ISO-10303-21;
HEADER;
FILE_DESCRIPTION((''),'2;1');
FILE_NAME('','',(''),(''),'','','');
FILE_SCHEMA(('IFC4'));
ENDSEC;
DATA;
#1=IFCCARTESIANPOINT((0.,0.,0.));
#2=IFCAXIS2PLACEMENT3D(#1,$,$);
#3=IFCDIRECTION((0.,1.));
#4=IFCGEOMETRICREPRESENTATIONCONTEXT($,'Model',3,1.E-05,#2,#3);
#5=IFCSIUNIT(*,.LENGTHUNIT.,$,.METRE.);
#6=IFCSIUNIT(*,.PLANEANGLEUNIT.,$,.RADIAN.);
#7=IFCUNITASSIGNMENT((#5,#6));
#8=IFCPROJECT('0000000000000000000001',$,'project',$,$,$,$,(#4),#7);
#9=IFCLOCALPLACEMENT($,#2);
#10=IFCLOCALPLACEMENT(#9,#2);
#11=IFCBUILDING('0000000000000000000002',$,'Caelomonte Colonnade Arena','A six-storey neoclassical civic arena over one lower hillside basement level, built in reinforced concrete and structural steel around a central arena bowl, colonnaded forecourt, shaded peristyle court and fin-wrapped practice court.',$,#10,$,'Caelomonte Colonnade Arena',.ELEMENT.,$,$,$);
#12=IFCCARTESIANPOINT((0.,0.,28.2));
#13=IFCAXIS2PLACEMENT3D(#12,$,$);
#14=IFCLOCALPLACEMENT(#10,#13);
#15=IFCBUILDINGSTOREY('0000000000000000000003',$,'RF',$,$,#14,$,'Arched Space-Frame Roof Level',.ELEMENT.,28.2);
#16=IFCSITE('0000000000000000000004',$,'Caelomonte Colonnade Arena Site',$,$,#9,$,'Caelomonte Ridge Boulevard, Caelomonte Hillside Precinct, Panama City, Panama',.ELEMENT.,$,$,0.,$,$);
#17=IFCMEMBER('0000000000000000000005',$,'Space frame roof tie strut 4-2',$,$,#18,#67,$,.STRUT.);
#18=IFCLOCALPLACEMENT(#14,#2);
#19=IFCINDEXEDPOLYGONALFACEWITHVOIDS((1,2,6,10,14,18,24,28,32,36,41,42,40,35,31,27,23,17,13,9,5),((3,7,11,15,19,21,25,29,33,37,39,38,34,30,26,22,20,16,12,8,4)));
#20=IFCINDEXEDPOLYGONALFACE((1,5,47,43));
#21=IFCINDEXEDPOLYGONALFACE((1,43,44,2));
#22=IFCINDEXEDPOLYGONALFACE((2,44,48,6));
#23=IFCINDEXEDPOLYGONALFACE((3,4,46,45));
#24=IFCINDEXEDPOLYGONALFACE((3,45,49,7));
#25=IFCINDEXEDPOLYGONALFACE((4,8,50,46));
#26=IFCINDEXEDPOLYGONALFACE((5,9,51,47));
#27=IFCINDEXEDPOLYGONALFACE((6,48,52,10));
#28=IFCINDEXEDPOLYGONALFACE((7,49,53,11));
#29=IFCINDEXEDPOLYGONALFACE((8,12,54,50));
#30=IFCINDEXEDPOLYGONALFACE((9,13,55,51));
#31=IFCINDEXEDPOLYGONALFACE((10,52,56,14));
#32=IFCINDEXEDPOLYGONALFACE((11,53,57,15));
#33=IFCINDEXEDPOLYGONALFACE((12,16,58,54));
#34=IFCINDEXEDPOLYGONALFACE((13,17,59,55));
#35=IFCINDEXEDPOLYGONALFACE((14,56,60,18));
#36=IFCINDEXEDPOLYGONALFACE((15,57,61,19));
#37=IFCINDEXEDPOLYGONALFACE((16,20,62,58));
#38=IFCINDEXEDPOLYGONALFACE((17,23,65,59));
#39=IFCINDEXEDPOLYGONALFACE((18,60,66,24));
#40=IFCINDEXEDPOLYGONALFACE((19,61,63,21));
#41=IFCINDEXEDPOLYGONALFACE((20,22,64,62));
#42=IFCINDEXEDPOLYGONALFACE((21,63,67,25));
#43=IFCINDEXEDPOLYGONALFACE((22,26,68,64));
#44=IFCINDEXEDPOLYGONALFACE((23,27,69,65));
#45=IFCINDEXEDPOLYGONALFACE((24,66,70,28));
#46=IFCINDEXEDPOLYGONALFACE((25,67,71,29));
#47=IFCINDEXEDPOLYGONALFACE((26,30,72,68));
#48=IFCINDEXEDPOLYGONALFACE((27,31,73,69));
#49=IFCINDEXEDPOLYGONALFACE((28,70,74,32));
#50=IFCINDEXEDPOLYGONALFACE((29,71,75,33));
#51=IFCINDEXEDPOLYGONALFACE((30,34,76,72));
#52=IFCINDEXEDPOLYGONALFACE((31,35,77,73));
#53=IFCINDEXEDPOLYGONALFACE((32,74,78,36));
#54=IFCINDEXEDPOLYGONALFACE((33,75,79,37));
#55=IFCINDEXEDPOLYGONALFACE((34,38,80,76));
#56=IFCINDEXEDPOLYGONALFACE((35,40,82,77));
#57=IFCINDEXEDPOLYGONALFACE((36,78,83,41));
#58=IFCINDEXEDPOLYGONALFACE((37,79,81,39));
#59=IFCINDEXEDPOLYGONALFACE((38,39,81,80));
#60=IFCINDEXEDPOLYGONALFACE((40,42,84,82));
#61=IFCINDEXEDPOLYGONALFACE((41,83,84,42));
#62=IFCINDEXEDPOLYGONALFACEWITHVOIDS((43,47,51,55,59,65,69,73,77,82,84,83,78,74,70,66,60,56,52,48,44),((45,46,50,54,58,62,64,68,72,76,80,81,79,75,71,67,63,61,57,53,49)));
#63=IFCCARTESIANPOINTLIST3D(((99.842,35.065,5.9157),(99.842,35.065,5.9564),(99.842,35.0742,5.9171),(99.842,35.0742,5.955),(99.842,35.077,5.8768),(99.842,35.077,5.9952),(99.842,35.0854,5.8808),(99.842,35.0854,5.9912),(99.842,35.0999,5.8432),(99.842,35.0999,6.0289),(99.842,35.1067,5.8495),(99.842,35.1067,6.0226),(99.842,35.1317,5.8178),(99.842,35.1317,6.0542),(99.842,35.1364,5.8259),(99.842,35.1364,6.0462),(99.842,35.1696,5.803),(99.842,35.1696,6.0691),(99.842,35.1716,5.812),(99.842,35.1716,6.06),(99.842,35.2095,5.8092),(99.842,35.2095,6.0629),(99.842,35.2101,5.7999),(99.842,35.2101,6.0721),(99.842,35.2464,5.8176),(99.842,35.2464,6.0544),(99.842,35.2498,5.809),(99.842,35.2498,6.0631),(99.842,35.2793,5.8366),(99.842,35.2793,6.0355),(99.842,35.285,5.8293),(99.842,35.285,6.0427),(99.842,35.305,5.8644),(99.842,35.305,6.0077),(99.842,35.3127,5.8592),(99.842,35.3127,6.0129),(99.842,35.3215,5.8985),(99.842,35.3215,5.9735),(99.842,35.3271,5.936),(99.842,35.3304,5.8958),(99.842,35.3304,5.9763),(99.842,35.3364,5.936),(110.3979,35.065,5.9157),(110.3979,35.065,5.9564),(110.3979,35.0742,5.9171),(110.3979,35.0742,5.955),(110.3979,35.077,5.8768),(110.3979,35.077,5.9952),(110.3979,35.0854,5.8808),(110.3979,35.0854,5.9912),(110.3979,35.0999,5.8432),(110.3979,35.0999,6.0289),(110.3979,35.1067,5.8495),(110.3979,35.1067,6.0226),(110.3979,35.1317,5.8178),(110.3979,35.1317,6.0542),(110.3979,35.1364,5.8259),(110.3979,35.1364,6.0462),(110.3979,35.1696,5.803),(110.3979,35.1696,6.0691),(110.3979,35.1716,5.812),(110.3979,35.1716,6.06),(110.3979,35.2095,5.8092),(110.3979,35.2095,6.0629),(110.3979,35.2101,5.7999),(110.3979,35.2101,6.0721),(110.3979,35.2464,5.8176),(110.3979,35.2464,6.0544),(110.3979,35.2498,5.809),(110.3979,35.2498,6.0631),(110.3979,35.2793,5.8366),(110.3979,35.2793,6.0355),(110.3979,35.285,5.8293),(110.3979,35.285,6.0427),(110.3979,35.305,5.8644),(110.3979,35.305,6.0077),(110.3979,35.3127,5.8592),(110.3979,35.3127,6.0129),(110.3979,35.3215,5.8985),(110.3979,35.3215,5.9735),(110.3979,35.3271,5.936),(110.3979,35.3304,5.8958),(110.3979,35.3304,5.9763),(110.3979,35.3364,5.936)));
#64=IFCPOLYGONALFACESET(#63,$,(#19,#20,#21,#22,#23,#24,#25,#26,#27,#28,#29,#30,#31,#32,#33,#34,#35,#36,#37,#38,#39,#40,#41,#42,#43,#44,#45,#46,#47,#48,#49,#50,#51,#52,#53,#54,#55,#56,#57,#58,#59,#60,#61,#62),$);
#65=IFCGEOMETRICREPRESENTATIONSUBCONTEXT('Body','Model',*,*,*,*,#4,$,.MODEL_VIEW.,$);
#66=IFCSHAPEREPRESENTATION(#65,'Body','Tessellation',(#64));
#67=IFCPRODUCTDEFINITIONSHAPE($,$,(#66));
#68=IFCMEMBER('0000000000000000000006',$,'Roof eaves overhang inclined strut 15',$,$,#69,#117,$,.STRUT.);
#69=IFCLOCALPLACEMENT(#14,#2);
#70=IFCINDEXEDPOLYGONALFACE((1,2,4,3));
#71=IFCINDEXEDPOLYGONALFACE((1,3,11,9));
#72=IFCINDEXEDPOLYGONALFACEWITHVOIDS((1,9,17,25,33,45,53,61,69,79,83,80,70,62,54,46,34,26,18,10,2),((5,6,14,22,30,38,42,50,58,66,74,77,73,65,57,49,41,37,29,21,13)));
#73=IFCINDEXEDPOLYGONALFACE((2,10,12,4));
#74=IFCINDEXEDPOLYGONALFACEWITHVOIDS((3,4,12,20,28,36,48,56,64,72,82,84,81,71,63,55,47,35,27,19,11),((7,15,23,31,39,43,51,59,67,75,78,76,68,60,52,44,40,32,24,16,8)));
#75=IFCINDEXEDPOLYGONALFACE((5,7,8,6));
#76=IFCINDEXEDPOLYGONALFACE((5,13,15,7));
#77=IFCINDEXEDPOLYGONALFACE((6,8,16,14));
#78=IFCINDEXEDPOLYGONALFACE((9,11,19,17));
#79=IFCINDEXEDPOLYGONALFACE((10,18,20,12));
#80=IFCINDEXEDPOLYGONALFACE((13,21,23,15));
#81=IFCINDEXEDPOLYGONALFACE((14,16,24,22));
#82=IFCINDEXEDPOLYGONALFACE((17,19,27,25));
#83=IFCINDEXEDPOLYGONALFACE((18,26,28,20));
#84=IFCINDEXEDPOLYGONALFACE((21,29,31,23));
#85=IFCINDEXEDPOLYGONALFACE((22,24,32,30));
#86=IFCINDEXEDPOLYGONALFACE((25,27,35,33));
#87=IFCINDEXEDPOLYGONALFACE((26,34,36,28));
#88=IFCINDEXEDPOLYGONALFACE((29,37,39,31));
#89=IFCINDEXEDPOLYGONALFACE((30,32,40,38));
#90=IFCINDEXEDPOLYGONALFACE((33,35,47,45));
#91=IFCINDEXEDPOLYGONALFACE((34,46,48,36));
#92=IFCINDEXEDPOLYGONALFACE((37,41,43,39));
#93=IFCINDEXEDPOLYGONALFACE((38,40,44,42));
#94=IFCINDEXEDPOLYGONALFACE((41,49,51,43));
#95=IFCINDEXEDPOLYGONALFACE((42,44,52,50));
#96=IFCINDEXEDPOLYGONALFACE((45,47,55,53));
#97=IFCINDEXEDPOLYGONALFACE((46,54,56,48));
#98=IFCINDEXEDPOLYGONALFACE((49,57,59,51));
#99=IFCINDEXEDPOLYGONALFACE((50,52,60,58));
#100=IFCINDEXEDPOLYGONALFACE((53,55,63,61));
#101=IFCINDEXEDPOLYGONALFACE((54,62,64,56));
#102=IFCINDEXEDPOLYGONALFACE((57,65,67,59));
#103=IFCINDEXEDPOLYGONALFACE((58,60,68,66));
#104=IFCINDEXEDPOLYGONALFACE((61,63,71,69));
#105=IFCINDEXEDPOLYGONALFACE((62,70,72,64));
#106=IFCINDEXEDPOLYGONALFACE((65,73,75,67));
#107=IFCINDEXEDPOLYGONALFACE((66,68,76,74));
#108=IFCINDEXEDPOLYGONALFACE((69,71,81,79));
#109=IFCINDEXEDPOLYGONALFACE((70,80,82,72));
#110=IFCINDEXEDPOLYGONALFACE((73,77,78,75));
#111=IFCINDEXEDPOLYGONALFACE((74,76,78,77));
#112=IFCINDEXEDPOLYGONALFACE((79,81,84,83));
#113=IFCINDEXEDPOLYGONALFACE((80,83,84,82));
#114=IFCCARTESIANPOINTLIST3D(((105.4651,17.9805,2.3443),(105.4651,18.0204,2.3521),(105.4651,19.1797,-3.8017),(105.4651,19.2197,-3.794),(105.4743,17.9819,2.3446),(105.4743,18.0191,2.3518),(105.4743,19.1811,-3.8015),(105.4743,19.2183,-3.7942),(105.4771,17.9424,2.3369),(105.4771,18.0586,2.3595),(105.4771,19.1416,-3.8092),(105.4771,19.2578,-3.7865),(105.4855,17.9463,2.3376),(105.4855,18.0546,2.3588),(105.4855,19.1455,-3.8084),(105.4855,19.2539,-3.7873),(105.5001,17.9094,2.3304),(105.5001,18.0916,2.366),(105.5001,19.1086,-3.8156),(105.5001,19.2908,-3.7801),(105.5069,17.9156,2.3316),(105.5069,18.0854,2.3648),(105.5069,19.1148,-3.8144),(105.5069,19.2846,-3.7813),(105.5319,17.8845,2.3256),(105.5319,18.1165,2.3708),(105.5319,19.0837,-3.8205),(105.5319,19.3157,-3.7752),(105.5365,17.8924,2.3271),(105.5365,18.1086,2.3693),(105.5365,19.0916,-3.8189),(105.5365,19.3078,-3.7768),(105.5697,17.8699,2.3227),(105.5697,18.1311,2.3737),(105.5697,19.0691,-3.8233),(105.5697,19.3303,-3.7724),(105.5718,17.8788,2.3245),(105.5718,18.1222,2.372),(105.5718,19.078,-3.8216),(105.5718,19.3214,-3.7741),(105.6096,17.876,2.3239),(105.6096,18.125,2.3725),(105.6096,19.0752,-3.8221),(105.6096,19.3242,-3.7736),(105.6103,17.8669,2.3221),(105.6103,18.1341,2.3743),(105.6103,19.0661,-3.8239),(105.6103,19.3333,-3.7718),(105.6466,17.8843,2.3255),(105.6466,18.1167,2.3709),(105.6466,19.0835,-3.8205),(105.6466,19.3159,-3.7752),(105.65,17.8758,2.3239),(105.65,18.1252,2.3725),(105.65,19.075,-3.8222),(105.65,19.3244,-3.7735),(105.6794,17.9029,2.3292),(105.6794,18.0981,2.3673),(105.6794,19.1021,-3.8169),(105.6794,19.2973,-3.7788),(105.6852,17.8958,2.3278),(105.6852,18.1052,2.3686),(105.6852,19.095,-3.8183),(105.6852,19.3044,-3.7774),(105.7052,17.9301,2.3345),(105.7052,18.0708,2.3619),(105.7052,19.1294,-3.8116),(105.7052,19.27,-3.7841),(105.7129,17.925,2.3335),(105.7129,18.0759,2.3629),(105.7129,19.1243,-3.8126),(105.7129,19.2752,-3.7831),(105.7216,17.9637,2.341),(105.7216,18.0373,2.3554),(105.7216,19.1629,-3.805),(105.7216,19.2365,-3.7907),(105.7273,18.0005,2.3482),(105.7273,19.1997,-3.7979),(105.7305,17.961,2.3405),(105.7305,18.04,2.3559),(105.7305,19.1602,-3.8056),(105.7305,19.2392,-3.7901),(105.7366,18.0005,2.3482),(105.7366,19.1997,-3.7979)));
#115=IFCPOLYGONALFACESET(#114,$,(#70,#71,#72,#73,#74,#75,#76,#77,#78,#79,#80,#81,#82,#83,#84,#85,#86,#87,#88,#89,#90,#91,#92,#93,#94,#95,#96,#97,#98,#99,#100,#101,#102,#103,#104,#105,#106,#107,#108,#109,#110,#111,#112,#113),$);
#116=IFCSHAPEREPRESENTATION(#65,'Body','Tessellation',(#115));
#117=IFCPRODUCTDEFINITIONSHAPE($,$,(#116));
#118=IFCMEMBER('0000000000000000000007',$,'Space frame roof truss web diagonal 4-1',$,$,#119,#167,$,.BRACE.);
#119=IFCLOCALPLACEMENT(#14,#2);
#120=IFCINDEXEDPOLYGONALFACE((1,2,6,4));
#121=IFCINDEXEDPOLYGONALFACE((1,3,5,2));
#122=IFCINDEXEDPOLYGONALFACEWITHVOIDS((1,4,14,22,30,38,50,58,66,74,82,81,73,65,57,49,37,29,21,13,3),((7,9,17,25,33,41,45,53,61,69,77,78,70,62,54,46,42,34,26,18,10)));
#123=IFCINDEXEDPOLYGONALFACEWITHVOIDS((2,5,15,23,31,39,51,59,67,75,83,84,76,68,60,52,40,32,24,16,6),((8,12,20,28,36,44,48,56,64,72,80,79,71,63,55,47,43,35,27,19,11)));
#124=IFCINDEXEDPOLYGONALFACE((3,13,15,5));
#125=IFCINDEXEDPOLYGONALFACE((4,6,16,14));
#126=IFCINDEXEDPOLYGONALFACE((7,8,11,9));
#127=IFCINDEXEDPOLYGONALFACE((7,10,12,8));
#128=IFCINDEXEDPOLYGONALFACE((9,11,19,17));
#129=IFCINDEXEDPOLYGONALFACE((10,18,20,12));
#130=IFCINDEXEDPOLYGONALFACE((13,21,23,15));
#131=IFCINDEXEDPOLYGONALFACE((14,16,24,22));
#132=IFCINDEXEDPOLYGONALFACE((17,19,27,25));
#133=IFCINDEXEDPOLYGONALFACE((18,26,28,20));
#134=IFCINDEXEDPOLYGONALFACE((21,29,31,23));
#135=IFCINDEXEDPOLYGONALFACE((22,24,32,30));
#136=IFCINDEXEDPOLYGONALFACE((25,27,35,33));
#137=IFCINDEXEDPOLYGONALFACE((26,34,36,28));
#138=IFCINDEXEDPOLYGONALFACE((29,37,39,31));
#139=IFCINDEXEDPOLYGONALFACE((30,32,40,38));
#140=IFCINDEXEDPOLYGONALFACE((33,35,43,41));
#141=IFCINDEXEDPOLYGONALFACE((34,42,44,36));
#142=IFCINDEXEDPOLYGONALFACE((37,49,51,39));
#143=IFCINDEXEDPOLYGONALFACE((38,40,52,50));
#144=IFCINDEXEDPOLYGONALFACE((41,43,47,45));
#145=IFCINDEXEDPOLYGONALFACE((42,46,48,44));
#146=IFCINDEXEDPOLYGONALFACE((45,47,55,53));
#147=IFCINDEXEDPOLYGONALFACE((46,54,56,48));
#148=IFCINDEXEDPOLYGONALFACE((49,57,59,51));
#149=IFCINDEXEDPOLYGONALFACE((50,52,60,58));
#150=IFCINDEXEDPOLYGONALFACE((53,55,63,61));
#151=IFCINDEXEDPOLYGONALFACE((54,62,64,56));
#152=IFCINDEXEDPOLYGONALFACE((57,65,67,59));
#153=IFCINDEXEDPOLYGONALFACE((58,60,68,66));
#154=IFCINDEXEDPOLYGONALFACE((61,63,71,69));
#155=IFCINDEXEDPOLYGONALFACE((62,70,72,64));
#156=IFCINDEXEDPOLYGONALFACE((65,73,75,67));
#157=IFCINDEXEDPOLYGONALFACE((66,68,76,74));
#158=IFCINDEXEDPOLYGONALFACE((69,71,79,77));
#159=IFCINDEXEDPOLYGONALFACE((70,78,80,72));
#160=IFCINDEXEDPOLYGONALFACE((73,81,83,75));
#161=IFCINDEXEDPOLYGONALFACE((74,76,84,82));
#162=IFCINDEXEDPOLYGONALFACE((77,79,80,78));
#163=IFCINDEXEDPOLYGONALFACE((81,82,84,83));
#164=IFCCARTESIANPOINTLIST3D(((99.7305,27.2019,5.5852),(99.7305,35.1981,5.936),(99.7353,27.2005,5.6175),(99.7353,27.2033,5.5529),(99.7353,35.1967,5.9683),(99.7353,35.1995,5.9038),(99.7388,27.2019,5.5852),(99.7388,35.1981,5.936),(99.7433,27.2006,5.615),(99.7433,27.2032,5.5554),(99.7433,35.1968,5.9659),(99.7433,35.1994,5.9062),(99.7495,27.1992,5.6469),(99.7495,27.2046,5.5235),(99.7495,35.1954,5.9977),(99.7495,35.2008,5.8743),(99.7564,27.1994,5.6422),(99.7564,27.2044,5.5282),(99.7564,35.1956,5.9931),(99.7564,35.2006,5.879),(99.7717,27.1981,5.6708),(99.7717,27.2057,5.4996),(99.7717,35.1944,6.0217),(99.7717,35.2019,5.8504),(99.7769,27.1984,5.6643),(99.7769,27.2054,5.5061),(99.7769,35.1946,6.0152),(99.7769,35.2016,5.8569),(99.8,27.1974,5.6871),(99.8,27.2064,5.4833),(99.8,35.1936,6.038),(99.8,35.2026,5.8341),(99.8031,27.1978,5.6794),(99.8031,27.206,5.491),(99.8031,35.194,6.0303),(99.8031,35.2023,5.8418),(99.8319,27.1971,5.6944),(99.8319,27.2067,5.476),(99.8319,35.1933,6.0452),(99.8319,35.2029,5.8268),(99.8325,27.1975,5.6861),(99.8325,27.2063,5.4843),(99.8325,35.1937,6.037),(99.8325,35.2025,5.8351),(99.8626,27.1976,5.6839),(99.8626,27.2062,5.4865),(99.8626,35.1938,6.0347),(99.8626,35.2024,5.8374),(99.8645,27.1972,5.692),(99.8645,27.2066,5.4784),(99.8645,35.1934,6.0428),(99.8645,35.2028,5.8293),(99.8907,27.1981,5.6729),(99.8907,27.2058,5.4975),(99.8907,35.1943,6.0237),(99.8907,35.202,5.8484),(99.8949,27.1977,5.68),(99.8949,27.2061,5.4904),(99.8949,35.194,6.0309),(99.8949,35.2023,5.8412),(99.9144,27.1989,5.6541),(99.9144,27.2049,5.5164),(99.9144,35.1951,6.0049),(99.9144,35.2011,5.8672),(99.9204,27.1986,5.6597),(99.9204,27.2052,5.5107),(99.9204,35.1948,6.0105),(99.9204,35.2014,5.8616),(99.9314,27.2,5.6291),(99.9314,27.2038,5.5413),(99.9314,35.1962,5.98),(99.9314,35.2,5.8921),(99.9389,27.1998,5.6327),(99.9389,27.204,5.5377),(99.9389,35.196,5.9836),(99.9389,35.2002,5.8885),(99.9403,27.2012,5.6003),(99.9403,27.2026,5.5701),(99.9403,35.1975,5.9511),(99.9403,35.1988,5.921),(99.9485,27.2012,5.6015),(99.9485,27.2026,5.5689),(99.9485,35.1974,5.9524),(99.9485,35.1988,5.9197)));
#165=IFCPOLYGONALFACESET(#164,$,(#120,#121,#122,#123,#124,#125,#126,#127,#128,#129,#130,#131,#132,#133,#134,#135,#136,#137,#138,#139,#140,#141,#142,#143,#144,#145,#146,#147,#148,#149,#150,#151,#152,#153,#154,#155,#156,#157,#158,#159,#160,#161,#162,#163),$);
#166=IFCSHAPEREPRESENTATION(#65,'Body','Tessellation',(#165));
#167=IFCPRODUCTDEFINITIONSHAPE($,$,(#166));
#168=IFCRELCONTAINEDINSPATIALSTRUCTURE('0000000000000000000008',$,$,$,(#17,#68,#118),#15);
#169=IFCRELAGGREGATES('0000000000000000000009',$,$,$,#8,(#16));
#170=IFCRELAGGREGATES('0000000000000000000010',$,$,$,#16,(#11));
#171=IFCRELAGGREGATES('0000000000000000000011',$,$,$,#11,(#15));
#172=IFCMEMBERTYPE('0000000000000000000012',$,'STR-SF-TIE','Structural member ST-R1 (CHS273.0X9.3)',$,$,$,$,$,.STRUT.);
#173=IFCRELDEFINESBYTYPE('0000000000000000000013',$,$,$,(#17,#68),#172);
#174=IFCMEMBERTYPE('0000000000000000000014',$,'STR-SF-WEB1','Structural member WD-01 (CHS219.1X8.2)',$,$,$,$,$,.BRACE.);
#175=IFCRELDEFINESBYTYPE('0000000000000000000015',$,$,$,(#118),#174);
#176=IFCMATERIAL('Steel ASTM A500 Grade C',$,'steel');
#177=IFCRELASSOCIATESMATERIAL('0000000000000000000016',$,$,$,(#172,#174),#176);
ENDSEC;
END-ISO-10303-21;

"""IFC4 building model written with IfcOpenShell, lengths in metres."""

from ifc_helpers import new_model, si_unit, direction, frame, origin, origin_2d, place, context, subcontext, project, spatial, hollow_circle, extrude, material, material_profile, profile_set, type_object, element, save


model = new_model("IFC4")

# Units and contexts
model_context = context("Model", 3, precision=1e-05, world=origin(), true_north=direction((0.0, 1.0)))
body_context = subcontext(model_context, "Body", "Model", "MODEL_VIEW")
ifc_project = project(units=[si_unit("LENGTHUNIT", "METRE"), si_unit("PLANEANGLEUNIT", "RADIAN")], contexts=[model_context])

# Site, building, storey
site_placement = place(None, origin())
site = spatial("IfcSite", under=ifc_project, at=site_placement, Name="Caelomonte Colonnade Arena Site", LongName="Caelomonte Ridge Boulevard, Caelomonte Hillside Precinct, Panama City, Panama", CompositionType="ELEMENT", RefElevation=0.0)
building_placement = place(site_placement, origin())
building = spatial("IfcBuilding", under=site, at=building_placement, Name="Caelomonte Colonnade Arena", Description="A six-storey neoclassical civic arena over one lower hillside basement level, built in reinforced concrete and structural steel around a central arena bowl, colonnaded forecourt, shaded peristyle court and fin-wrapped practice court.", LongName="Caelomonte Colonnade Arena", CompositionType="ELEMENT")
storey_placement = place(building_placement, frame((0.0, 0.0, 28.2)))
storey = spatial("IfcBuildingStorey", under=building, at=storey_placement, Name="RF", LongName="Arched Space-Frame Roof Level", CompositionType="ELEMENT", Elevation=28.2)

# Members
ifc_material_1 = material(Name="Steel ASTM A500 Grade C", Category="steel")
ifc_material_profile_1 = material_profile(ifc_material_1, hollow_circle(Radius=0.1365, WallThickness=0.0093, at=origin_2d()), Name="CHS273.0X9.3")
ifc_profile_set_1 = profile_set([ifc_material_profile_1], Name="Steel ASTM A500 Grade C")
member_type_1 = type_object("IfcMemberType", Name="STR-SF-TIE", Description="Structural member ST-R1 (CHS273.0X9.3)", PredefinedType="STRUT", material=ifc_profile_set_1)
for number, where, z_axis, x_axis, name in (
    (1, (99.842, 35.2, 5.936), (1.0, 0.0, 0.0), (0.0, 1.0, 0.0), "Space frame roof tie strut 4-2"),
):
    element("IfcMember", number, at=place(storey_placement, frame(where, z_axis=z_axis, x_axis=x_axis)), inside=storey, type_object=member_type_1, Name=name, PredefinedType="STRUT", context=body_context, shape_type="SweptSolid", body=[
        extrude(hollow_circle(Radius=0.1365, WallThickness=0.0093, at=origin_2d()), origin(), (0.0, 0.0, 1.0), 10.5559),
    ])
member_1_placement = place(storey_placement, frame((105.6001, 19.1997, -3.7979), z_axis=(0.0, -0.19151, 0.981491), x_axis=(1.0, 0.0, 0.0)))
element("IfcMember", 2, at=member_1_placement, inside=storey, type_object=member_type_1, Name="Roof eaves overhang inclined strut 15", PredefinedType="STRUT", context=body_context, shape_type="SweptSolid", body=[
    extrude(hollow_circle(Radius=0.1365, WallThickness=0.0093, at=origin_2d()), origin(), (0.0, 0.0, 1.0), 6.262),
])
ifc_material_profile_2 = material_profile(ifc_material_1, hollow_circle(Radius=0.1096, WallThickness=0.0083, at=origin_2d()), Name="CHS219.1X8.2")
ifc_profile_set_2 = profile_set([ifc_material_profile_2], Name="Steel ASTM A500 Grade C")
member_type_2 = type_object("IfcMemberType", Name="STR-SF-WEB1", Description="Structural member WD-01 (CHS219.1X8.2)", PredefinedType="BRACE", material=ifc_profile_set_2)
member_2_placement = place(storey_placement, frame((99.8401, 27.2019, 5.5852), z_axis=(0.0, 0.999039, 0.043833), x_axis=(-1.0, 0.0, 0.0)))
element("IfcMember", 3, at=member_2_placement, inside=storey, type_object=member_type_2, Name="Space frame roof truss web diagonal 4-1", PredefinedType="BRACE", context=body_context, shape_type="SweptSolid", body=[
    extrude(hollow_circle(Radius=0.1096, WallThickness=0.0083, at=origin_2d()), origin(), (0.0, 0.0, 1.0), 8.0039),
])

save(model, "model.ifc")
